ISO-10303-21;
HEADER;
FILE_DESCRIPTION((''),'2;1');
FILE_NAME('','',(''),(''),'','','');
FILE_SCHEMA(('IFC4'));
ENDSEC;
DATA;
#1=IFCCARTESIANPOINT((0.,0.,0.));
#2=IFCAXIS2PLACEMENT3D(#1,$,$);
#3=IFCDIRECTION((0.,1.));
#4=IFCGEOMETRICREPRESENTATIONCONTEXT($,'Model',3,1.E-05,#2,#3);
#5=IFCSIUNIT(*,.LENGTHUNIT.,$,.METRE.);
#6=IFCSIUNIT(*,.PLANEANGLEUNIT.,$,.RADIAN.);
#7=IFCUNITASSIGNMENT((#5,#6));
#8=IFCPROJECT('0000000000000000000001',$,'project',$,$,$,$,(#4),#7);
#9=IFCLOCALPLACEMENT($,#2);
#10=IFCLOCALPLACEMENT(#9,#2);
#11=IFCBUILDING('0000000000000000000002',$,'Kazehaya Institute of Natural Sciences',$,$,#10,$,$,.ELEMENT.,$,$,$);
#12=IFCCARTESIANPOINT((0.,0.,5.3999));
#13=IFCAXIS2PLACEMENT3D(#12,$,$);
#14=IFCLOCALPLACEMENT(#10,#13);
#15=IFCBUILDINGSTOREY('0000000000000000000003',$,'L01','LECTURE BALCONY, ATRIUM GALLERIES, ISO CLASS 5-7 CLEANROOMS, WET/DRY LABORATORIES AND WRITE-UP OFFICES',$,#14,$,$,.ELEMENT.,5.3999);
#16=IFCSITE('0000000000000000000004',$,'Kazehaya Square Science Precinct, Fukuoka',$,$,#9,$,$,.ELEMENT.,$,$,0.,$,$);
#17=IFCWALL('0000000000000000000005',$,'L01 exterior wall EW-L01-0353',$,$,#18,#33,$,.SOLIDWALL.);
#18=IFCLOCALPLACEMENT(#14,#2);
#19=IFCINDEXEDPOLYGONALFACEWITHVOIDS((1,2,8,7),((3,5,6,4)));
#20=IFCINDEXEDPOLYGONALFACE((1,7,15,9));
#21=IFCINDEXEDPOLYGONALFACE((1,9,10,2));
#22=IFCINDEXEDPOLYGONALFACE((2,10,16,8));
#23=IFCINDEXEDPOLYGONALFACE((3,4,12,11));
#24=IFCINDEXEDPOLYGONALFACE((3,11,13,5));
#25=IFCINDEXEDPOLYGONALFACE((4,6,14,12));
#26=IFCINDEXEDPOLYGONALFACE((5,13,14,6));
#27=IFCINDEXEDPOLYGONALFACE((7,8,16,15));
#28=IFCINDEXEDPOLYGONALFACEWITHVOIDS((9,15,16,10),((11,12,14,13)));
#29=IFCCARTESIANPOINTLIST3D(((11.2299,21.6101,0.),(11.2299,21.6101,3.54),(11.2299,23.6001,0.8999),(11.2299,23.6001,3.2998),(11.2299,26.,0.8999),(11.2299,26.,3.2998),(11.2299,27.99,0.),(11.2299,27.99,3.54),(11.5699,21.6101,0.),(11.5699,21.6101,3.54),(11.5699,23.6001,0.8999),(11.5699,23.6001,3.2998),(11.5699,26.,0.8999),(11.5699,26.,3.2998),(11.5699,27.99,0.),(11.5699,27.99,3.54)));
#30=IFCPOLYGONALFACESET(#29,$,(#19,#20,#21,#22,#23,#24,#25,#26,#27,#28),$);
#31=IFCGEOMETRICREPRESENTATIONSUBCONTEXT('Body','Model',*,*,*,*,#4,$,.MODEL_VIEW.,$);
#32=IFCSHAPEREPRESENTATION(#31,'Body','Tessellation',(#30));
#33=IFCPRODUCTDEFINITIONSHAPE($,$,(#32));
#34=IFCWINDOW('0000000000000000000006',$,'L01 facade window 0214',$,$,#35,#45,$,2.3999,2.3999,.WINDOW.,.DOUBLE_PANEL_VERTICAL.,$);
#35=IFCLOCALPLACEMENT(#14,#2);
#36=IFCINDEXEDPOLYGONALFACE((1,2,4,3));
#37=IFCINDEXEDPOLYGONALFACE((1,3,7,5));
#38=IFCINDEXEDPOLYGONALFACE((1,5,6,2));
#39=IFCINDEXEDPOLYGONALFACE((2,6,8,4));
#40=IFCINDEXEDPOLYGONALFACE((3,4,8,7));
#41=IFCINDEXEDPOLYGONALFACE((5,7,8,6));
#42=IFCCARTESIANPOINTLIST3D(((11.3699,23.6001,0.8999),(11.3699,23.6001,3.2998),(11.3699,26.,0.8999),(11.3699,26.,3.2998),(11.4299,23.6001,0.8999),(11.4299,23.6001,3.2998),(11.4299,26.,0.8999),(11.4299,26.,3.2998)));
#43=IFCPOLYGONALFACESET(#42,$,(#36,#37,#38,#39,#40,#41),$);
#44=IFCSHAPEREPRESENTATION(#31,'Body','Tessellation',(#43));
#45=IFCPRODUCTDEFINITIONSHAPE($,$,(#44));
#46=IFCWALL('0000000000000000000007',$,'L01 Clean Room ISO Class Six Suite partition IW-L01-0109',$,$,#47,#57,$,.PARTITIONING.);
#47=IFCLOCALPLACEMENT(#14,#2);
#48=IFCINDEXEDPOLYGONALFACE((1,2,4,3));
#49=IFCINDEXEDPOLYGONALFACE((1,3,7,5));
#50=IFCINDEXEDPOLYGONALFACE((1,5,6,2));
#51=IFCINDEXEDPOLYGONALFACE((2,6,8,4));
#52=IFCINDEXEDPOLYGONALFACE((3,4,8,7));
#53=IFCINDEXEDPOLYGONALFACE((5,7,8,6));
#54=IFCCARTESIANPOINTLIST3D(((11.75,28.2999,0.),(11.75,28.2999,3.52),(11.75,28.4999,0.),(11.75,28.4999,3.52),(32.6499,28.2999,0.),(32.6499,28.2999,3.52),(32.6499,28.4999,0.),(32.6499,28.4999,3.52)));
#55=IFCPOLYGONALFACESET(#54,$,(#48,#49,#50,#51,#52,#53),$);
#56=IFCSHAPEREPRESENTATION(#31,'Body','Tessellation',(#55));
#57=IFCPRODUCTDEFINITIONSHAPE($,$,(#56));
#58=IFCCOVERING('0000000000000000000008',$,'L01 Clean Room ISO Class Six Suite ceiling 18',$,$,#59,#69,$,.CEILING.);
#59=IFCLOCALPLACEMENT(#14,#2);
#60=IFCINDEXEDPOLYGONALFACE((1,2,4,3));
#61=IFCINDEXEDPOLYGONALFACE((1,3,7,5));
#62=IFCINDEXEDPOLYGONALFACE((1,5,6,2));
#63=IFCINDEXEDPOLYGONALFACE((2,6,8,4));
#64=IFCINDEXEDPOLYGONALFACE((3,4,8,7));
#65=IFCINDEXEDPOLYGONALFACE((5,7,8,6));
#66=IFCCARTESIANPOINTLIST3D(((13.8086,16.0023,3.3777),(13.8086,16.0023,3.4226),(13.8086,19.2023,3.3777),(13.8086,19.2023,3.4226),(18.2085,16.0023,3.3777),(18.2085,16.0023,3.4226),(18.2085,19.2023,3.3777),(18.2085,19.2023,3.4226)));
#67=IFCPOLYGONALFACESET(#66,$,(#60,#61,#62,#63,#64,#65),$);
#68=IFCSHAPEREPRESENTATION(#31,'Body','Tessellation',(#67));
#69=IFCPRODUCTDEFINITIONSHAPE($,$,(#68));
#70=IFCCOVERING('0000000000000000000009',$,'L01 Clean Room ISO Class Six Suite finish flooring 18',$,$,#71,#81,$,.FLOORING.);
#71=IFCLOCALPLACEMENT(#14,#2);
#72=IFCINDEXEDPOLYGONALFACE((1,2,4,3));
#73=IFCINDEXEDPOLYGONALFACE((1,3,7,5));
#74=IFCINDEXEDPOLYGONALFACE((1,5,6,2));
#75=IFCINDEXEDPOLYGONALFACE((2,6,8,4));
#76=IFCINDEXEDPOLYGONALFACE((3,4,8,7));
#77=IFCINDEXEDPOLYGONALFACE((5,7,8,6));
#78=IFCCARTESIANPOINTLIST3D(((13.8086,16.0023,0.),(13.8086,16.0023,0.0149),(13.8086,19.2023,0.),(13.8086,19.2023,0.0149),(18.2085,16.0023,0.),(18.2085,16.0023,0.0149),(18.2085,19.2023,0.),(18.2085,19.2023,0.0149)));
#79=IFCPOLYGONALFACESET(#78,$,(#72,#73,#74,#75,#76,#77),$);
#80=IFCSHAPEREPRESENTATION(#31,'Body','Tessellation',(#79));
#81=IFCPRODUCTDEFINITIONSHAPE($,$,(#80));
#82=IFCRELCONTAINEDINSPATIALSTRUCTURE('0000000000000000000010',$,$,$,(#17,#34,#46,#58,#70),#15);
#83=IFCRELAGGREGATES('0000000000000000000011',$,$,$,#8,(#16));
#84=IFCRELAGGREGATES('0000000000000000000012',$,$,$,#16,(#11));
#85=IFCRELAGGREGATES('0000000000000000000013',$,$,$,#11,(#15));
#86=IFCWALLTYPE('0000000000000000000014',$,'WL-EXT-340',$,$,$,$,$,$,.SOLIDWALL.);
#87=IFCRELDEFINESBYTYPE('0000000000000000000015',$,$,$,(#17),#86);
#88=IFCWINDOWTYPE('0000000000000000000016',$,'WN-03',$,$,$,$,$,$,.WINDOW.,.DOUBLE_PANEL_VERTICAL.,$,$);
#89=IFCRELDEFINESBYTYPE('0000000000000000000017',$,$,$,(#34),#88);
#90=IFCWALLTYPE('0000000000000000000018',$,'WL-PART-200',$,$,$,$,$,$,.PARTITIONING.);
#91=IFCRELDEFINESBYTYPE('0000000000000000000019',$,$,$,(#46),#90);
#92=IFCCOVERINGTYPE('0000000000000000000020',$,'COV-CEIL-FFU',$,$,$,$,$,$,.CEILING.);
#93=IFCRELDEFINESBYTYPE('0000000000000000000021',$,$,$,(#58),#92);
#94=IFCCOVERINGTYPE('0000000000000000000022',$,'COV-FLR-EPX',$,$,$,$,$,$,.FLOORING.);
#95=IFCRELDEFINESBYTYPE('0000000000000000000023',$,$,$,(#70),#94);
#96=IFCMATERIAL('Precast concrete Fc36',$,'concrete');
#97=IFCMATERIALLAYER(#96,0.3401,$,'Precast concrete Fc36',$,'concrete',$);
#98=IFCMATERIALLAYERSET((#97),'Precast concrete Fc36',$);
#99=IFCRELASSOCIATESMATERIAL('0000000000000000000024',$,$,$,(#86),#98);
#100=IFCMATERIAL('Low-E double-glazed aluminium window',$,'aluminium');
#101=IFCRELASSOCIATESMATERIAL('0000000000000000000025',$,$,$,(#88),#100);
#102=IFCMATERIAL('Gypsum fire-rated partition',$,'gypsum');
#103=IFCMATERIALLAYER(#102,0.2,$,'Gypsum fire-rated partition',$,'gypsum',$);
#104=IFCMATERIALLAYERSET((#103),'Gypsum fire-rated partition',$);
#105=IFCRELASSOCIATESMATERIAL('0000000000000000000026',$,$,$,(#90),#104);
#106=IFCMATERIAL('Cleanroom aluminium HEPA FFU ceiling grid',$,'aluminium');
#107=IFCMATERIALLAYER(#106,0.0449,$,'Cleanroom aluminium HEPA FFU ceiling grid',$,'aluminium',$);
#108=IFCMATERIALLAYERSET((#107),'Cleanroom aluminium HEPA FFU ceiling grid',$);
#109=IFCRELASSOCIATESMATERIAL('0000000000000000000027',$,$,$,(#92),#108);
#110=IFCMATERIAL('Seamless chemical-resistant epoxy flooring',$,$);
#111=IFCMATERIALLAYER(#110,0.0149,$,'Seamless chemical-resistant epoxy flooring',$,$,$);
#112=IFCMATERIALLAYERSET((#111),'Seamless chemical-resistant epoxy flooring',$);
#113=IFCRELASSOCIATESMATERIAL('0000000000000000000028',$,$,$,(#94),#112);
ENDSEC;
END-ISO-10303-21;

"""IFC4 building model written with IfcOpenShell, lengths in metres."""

from ifc_helpers import new_model, si_unit, direction, frame, frame_2d, origin, origin_2d, place, context, subcontext, project, spatial, rectangle, extrude, material, layer, layer_set, type_object, element, fill, save


model = new_model("IFC4")

# Units and contexts
model_context = context("Model", 3, precision=1e-05, world=origin(), true_north=direction((0.0, 1.0)))
body_context = subcontext(model_context, "Body", "Model", "MODEL_VIEW")
ifc_project = project(units=[si_unit("LENGTHUNIT", "METRE"), si_unit("PLANEANGLEUNIT", "RADIAN")], contexts=[model_context])

# Site, building, storey
site_placement = place(None, origin())
site = spatial("IfcSite", under=ifc_project, at=site_placement, Name="Kazehaya Square Science Precinct, Fukuoka", CompositionType="ELEMENT", RefElevation=0.0)
building_placement = place(site_placement, origin())
building = spatial("IfcBuilding", under=site, at=building_placement, Name="Kazehaya Institute of Natural Sciences", CompositionType="ELEMENT")
storey_placement = place(building_placement, frame((0.0, 0.0, 5.3999)))
storey = spatial("IfcBuildingStorey", under=building, at=storey_placement, Name="L01", Description="LECTURE BALCONY, ATRIUM GALLERIES, ISO CLASS 5-7 CLEANROOMS, WET/DRY LABORATORIES AND WRITE-UP OFFICES", CompositionType="ELEMENT", Elevation=5.3999)

# Shared definitions
ifc_material_1 = material(Name="Precast concrete Fc36", Category="concrete")
ifc_layer_1 = layer(ifc_material_1, 0.3401, Name="Precast concrete Fc36", Category="concrete")
ifc_layer_set_1 = layer_set([ifc_layer_1], Name="Precast concrete Fc36")
wall_type_1 = type_object("IfcWallType", Name="WL-EXT-340", PredefinedType="SOLIDWALL", material=ifc_layer_set_1)
ifc_material_2 = material(Name="Low-E double-glazed aluminium window", Category="aluminium")

# Wall, opening, window
wall_1_placement = place(storey_placement, frame((11.3999, 21.6101, 0.0), z_axis=(0.0, 0.0, 1.0), x_axis=(0.0, 1.0, 0.0)))
wall_1 = element("IfcWall", 1, at=wall_1_placement, inside=storey, type_object=wall_type_1, Name="L01 exterior wall EW-L01-0353", PredefinedType="SOLIDWALL", context=body_context, shape_type="SweptSolid", body=[
    extrude(rectangle(XDim=6.3799, YDim=0.3401, at=frame_2d((3.1899, 0.0))), origin(), (0.0, 0.0, 1.0), 3.54),
])
opening_1_placement = place(wall_1_placement, frame((1.99, 0.0, 0.8999)))
opening_1 = element("IfcOpeningElement", 2, at=opening_1_placement, cuts=wall_1, PredefinedType="OPENING", context=body_context, shape_type="SweptSolid", body=[
    extrude(rectangle(XDim=2.3999, YDim=2.3999, at=frame_2d((1.2, 1.2))), frame((0.0, 0.1799, 0.0), z_axis=(0.0, -1.0, 0.0), x_axis=(1.0, 0.0, 0.0)), (0.0, 0.0, 1.0), 0.3601),
])
window_type_1 = type_object("IfcWindowType", Name="WN-03", PartitioningType="DOUBLE_PANEL_VERTICAL", PredefinedType="WINDOW", material=ifc_material_2)
window_1_placement = place(opening_1_placement, origin())
window_1 = element("IfcWindow", 3, at=window_1_placement, inside=storey, type_object=window_type_1, Name="L01 facade window 0214", OverallHeight=2.3999, OverallWidth=2.3999, PartitioningType="DOUBLE_PANEL_VERTICAL", PredefinedType="WINDOW", context=body_context, shape_type="SweptSolid", body=[
    extrude(rectangle(XDim=2.3999, YDim=2.3999, at=frame_2d((1.2, 1.2))), frame((0.0, 0.03, 0.0), z_axis=(0.0, -1.0, 0.0), x_axis=(1.0, 0.0, 0.0)), (0.0, 0.0, 1.0), 0.0601),
])
fill(opening_1, window_1)

# Wall
ifc_material_3 = material(Name="Gypsum fire-rated partition", Category="gypsum")
ifc_layer_2 = layer(ifc_material_3, 0.2, Name="Gypsum fire-rated partition", Category="gypsum")
ifc_layer_set_2 = layer_set([ifc_layer_2], Name="Gypsum fire-rated partition")
wall_type_2 = type_object("IfcWallType", Name="WL-PART-200", PredefinedType="PARTITIONING", material=ifc_layer_set_2)
wall_2_placement = place(storey_placement, frame((11.75, 28.3999, 0.0), z_axis=(0.0, 0.0, 1.0), x_axis=(1.0, 0.0, 0.0)))
element("IfcWall", 4, at=wall_2_placement, inside=storey, type_object=wall_type_2, Name="L01 Clean Room ISO Class Six Suite partition IW-L01-0109", PredefinedType="PARTITIONING", context=body_context, shape_type="SweptSolid", body=[
    extrude(rectangle(XDim=20.8999, YDim=0.2, at=frame_2d((10.45, 0.0))), origin(), (0.0, 0.0, 1.0), 3.52),
])

# Coverings
ifc_material_4 = material(Name="Cleanroom aluminium HEPA FFU ceiling grid", Category="aluminium")
ifc_layer_3 = layer(ifc_material_4, 0.0449, Name="Cleanroom aluminium HEPA FFU ceiling grid", Category="aluminium")
ifc_layer_set_3 = layer_set([ifc_layer_3], Name="Cleanroom aluminium HEPA FFU ceiling grid")
covering_type_1 = type_object("IfcCoveringType", Name="COV-CEIL-FFU", PredefinedType="CEILING", material=ifc_layer_set_3)
covering_1_placement = place(storey_placement, frame((16.0085, 17.6023, 3.3777), z_axis=(0.0, 0.0, 1.0), x_axis=(1.0, 0.0, 0.0)))
element("IfcCovering", 5, at=covering_1_placement, inside=storey, type_object=covering_type_1, Name="L01 Clean Room ISO Class Six Suite ceiling 18", PredefinedType="CEILING", context=body_context, shape_type="SweptSolid", body=[
    extrude(rectangle(XDim=4.3999, YDim=3.2, at=origin_2d()), origin(), (0.0, 0.0, 1.0), 0.0449),
])
ifc_material_5 = material(Name="Seamless chemical-resistant epoxy flooring")
ifc_layer_4 = layer(ifc_material_5, 0.0149, Name="Seamless chemical-resistant epoxy flooring")
ifc_layer_set_4 = layer_set([ifc_layer_4], Name="Seamless chemical-resistant epoxy flooring")
covering_type_2 = type_object("IfcCoveringType", Name="COV-FLR-EPX", PredefinedType="FLOORING", material=ifc_layer_set_4)
covering_2_placement = place(storey_placement, frame((16.0085, 17.6023, 0.0), z_axis=(0.0, 0.0, 1.0), x_axis=(1.0, 0.0, 0.0)))
element("IfcCovering", 6, at=covering_2_placement, inside=storey, type_object=covering_type_2, Name="L01 Clean Room ISO Class Six Suite finish flooring 18", PredefinedType="FLOORING", context=body_context, shape_type="SweptSolid", body=[
    extrude(rectangle(XDim=4.3999, YDim=3.2, at=origin_2d()), origin(), (0.0, 0.0, 1.0), 0.0149),
])

save(model, "model.ifc")
